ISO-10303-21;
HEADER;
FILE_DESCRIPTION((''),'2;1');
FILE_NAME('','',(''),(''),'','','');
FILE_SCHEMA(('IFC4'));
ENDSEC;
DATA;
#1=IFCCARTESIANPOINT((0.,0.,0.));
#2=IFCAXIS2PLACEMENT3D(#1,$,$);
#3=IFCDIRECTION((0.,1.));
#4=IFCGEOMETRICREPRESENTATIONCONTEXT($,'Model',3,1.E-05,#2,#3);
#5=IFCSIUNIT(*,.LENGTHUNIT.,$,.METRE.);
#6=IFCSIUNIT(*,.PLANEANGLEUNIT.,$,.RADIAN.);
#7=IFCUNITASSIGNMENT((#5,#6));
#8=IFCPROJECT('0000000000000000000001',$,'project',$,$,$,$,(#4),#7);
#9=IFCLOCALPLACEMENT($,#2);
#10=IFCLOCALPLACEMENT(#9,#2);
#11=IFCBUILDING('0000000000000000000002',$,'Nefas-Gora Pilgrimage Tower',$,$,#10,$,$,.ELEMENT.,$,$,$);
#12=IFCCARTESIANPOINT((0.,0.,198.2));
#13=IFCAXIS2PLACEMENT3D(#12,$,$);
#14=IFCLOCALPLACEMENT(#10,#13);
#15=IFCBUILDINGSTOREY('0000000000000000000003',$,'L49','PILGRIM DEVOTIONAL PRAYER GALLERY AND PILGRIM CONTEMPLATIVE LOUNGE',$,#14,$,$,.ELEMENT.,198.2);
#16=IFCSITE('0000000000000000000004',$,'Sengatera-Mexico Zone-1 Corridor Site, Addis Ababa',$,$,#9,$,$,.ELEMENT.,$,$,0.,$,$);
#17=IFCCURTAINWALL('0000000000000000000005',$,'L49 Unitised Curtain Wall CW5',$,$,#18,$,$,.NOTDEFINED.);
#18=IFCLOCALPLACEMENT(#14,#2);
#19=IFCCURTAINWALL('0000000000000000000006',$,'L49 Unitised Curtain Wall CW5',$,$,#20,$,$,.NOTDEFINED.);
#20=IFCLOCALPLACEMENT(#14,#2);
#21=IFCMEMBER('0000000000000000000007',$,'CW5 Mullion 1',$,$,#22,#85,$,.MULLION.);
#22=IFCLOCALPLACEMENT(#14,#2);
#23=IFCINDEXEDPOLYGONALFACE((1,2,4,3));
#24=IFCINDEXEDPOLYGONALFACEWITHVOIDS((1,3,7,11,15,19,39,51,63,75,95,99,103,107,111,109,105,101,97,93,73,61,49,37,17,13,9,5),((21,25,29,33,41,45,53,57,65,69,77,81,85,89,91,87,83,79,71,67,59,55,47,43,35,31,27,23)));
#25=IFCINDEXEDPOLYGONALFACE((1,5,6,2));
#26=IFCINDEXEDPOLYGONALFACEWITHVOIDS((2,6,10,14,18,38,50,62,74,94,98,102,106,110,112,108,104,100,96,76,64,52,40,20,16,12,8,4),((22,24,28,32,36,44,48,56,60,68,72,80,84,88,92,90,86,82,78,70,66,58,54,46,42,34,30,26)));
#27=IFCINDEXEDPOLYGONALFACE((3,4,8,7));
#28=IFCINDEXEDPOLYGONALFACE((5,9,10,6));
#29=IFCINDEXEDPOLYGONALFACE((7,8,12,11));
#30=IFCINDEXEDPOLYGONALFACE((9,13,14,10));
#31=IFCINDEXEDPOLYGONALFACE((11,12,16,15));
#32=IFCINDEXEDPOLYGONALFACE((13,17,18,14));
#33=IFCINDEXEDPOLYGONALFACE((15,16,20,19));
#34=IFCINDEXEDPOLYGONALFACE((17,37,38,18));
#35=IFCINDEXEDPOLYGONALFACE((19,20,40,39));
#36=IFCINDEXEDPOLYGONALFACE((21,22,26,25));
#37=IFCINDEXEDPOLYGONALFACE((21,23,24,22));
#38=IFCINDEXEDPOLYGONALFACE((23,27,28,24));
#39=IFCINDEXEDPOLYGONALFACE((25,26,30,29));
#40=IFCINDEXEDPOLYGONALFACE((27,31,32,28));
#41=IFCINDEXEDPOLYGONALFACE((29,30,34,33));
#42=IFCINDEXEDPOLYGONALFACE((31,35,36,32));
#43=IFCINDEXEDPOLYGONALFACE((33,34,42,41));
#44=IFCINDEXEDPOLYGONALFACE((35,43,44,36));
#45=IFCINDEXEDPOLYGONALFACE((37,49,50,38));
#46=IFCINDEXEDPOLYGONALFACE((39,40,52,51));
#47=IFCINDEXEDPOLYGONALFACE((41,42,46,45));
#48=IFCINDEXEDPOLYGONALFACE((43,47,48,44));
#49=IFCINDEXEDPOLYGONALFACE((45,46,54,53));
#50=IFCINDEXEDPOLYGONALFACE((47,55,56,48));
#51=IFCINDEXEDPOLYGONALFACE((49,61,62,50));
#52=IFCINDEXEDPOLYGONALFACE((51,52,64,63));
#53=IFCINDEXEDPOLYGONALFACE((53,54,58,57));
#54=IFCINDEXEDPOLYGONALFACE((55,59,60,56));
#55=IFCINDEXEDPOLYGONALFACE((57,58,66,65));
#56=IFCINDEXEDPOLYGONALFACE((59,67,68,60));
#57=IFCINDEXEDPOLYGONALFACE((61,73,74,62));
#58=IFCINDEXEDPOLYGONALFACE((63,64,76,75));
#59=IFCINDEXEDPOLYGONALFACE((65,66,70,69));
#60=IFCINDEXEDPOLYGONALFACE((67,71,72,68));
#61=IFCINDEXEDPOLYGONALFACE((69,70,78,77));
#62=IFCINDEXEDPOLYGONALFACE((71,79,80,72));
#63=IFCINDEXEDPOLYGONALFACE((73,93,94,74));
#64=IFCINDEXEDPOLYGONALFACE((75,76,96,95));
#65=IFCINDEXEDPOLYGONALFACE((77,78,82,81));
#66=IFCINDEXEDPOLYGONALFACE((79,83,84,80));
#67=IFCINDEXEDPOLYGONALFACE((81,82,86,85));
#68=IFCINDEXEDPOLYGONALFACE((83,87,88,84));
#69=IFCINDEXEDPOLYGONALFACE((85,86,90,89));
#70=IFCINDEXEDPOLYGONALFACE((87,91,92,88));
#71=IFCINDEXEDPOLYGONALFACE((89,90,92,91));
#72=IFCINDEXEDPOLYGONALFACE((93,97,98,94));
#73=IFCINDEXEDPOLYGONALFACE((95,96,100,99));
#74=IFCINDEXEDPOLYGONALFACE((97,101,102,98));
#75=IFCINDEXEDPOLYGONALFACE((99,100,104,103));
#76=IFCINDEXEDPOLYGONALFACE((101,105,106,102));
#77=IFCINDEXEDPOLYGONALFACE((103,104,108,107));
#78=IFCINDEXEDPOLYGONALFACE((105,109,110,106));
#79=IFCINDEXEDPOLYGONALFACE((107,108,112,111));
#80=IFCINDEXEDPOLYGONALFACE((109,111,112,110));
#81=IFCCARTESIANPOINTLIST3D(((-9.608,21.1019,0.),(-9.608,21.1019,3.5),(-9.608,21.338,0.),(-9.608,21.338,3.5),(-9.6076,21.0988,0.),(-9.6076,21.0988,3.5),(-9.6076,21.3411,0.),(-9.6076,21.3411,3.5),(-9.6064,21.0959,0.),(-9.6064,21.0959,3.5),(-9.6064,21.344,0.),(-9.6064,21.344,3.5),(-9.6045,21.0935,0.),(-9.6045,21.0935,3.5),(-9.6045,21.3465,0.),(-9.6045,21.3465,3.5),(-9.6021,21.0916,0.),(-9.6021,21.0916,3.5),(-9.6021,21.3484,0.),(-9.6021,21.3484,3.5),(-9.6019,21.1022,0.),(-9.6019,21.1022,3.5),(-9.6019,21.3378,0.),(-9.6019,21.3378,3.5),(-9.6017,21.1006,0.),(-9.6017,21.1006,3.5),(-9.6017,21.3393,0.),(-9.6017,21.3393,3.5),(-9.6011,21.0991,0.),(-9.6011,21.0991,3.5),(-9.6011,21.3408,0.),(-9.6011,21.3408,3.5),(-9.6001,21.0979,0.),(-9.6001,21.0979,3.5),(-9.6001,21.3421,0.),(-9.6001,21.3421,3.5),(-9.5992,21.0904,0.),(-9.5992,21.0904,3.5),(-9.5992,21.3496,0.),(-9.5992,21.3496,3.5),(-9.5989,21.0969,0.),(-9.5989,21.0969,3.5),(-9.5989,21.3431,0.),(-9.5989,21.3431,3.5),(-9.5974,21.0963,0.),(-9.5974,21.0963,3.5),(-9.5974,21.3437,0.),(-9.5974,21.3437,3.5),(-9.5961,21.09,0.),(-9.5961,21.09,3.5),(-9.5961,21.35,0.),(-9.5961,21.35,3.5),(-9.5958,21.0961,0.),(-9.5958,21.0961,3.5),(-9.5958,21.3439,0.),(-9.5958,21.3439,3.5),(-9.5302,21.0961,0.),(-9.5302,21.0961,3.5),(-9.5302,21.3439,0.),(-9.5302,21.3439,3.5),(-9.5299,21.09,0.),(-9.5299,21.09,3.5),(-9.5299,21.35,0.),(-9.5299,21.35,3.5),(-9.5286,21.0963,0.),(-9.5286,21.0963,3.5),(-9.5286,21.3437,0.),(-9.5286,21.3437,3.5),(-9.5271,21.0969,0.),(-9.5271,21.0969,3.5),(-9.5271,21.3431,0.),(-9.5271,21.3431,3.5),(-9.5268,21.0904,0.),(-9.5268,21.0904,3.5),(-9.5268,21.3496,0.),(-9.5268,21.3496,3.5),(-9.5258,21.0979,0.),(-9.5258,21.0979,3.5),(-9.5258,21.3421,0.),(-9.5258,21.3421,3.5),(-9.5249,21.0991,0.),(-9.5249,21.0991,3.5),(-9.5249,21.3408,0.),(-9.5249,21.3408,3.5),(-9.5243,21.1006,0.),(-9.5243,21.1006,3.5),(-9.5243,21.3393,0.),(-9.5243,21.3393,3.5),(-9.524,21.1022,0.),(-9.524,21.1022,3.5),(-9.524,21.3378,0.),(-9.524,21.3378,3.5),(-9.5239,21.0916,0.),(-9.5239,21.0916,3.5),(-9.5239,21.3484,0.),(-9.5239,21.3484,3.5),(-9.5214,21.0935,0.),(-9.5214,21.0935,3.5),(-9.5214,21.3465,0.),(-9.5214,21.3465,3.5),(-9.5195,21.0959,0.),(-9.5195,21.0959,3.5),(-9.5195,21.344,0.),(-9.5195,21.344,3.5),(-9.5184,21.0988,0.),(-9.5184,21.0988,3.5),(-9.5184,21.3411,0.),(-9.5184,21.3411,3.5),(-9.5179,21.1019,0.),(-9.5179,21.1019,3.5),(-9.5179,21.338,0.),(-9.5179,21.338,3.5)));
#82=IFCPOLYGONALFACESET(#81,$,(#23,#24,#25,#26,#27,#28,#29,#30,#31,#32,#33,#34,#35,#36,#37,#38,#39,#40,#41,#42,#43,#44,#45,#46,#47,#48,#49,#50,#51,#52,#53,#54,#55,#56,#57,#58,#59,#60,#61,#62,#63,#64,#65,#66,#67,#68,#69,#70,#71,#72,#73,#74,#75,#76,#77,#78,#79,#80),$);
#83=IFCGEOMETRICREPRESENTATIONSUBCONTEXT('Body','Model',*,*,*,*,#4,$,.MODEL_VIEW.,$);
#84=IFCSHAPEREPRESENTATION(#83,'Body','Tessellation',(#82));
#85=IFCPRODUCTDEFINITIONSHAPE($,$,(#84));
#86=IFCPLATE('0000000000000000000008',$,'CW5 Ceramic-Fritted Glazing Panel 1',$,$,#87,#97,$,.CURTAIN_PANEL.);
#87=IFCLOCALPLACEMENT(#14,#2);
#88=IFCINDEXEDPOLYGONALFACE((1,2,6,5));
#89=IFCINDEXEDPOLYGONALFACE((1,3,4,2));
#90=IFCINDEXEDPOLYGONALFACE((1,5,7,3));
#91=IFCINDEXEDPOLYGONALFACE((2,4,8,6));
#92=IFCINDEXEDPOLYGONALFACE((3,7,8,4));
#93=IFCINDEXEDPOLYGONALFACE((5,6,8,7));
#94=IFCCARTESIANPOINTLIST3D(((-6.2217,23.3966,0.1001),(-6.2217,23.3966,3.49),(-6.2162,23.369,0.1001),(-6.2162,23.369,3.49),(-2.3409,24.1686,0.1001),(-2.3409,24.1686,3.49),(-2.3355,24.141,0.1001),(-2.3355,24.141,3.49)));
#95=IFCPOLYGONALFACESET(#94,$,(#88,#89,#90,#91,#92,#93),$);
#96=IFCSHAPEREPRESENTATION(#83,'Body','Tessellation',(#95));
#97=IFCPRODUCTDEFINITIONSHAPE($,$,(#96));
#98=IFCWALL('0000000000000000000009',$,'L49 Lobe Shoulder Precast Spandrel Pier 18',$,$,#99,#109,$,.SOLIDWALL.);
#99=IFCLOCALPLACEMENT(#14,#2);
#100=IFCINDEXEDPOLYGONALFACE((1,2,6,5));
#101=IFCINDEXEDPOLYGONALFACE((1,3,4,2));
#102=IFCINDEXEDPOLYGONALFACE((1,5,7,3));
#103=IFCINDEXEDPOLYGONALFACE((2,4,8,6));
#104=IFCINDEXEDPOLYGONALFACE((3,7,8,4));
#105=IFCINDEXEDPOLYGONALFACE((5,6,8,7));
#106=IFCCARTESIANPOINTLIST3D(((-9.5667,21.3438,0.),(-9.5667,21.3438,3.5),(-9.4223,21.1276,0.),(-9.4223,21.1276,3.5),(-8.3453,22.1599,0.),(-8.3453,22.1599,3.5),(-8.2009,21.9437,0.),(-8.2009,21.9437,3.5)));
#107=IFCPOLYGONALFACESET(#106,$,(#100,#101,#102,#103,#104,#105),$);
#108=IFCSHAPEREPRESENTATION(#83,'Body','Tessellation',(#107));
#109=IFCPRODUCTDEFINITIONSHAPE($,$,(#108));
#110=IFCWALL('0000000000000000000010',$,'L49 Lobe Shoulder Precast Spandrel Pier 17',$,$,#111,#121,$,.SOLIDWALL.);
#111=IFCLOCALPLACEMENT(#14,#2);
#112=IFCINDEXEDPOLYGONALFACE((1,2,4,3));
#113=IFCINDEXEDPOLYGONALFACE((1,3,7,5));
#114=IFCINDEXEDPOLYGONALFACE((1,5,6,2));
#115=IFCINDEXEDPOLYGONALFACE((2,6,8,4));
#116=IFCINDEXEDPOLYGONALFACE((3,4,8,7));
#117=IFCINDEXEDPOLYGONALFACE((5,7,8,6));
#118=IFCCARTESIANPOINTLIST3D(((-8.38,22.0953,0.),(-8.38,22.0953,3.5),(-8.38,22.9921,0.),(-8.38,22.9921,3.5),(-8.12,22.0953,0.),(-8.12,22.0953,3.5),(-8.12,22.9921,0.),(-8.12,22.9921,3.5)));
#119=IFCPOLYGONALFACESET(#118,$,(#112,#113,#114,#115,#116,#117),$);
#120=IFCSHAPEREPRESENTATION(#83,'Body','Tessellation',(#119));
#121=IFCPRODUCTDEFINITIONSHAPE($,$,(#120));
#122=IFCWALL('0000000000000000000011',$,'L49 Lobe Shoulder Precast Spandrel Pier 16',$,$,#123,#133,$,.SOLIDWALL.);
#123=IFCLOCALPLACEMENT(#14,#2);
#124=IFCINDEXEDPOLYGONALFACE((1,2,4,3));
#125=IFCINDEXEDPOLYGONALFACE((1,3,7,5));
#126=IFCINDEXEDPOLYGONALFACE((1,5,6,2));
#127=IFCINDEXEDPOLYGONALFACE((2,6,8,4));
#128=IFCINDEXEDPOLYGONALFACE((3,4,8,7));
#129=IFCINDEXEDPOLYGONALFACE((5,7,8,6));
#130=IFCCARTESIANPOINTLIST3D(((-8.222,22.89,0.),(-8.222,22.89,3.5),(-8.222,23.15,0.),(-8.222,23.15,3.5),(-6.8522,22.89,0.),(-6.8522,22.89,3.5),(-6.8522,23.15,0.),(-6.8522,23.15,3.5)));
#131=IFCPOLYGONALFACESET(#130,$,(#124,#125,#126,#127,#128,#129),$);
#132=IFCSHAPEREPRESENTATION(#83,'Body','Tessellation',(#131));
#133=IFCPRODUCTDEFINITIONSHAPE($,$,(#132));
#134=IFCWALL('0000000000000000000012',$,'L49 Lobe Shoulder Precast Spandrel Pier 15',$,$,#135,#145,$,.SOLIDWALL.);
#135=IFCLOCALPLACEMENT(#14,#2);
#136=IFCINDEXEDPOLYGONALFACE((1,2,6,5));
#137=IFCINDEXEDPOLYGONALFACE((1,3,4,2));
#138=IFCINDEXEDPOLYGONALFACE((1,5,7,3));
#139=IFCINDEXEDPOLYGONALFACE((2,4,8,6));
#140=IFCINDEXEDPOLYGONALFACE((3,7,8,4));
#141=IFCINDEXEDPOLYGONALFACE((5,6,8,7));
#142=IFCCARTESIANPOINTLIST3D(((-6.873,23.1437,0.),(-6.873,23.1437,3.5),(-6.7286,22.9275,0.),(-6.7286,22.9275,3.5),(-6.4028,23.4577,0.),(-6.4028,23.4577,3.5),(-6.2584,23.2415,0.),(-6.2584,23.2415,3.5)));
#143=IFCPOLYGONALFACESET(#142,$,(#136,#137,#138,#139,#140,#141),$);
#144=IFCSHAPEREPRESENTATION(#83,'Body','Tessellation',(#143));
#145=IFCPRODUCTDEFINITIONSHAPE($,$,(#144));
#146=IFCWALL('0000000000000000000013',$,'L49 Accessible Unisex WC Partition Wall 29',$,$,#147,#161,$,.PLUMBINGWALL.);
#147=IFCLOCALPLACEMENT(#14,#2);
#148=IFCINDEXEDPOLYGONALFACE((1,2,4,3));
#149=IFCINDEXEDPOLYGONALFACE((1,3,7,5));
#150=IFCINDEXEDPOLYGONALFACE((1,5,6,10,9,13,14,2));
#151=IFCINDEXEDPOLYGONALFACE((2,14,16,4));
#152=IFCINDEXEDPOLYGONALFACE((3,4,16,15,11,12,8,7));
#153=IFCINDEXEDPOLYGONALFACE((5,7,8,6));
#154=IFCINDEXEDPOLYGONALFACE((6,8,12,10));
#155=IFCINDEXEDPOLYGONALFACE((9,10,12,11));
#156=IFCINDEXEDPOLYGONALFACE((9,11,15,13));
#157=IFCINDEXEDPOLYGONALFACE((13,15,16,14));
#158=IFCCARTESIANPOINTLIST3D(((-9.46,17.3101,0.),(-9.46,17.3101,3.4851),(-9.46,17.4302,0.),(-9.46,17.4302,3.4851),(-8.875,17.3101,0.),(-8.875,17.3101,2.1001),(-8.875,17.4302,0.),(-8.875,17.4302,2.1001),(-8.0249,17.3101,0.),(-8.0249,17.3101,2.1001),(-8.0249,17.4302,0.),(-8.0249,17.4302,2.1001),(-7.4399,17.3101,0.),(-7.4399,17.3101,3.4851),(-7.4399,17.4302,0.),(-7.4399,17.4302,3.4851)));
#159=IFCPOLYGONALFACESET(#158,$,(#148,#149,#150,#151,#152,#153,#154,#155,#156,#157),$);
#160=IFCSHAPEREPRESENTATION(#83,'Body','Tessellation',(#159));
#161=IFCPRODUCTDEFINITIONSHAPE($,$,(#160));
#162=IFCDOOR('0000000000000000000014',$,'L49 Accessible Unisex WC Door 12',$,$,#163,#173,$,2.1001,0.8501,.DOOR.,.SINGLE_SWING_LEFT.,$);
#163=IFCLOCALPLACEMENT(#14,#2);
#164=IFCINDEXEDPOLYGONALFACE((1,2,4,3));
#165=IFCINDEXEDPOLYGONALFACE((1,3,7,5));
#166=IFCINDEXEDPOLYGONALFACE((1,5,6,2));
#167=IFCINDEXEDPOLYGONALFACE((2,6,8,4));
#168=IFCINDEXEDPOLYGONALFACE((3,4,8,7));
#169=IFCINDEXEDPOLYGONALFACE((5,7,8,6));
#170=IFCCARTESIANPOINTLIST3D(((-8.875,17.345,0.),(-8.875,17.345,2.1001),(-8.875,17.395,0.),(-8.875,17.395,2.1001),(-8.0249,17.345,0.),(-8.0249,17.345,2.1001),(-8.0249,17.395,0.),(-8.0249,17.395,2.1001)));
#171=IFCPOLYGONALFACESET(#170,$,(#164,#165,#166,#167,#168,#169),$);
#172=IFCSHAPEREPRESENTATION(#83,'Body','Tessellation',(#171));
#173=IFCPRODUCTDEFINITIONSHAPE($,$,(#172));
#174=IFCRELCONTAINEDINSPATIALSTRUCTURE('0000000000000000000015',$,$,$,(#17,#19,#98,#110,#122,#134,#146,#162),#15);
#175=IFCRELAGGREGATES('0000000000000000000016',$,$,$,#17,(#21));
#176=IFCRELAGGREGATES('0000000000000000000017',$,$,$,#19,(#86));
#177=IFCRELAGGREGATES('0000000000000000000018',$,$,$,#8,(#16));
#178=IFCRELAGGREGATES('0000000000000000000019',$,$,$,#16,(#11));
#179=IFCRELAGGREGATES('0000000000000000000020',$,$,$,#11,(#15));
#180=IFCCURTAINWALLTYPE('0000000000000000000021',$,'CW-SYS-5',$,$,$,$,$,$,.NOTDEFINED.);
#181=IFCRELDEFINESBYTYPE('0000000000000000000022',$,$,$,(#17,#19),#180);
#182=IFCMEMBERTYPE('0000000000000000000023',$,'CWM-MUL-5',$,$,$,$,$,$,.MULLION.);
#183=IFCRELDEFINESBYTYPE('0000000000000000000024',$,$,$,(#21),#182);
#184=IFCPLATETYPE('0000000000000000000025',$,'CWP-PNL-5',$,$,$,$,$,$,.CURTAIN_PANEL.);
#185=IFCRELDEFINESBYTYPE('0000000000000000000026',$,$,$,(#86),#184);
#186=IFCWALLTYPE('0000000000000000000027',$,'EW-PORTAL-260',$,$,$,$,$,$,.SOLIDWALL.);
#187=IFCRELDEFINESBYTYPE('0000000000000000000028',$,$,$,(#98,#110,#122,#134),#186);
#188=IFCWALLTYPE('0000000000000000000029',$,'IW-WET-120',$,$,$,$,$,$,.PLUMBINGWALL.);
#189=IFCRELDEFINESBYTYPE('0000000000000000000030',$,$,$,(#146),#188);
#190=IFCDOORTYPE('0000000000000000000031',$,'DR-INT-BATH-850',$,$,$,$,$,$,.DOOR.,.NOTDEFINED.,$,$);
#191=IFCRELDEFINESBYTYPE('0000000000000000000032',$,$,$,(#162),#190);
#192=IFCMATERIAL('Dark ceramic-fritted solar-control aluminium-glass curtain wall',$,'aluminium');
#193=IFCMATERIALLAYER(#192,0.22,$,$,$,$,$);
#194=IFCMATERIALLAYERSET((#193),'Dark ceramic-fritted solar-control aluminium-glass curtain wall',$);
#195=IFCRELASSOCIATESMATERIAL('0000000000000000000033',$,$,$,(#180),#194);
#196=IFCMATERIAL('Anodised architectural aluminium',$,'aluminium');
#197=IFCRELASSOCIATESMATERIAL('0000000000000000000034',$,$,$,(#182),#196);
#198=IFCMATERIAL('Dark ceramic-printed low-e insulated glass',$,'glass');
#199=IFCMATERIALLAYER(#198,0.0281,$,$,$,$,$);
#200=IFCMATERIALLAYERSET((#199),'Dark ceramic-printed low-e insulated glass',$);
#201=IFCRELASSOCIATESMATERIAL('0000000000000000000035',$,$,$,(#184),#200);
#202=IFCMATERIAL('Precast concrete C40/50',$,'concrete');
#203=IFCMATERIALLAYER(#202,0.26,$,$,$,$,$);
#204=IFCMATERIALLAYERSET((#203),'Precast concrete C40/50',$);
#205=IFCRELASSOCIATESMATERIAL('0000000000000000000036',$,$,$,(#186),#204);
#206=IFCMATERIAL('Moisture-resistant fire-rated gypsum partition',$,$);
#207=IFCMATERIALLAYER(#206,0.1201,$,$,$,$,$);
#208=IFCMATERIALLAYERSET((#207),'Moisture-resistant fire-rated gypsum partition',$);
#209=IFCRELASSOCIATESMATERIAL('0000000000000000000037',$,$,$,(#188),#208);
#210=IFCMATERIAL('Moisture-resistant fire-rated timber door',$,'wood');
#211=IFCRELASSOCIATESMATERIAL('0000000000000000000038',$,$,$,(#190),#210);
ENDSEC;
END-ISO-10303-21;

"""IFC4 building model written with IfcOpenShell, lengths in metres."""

from ifc_helpers import new_model, si_unit, direction, frame, frame_2d, origin, origin_2d, place, context, subcontext, project, spatial, rectangle, hollow_rectangle, extrude, source, transform, mapped, material, layer, layer_set, material_profile, profile_set, type_object, element, fill, aggregate, save


model = new_model("IFC4")

# Units and contexts
model_context = context("Model", 3, precision=1e-05, world=origin(), true_north=direction((0.0, 1.0)))
body_context = subcontext(model_context, "Body", "Model", "MODEL_VIEW")
ifc_project = project(units=[si_unit("LENGTHUNIT", "METRE"), si_unit("PLANEANGLEUNIT", "RADIAN")], contexts=[model_context])

# Site, building, storey
site_placement = place(None, origin())
site = spatial("IfcSite", under=ifc_project, at=site_placement, Name="Sengatera-Mexico Zone-1 Corridor Site, Addis Ababa", CompositionType="ELEMENT", RefElevation=0.0)
building_placement = place(site_placement, origin())
building = spatial("IfcBuilding", under=site, at=building_placement, Name="Nefas-Gora Pilgrimage Tower", CompositionType="ELEMENT")
storey_placement = place(building_placement, frame((0.0, 0.0, 198.2)))
storey = spatial("IfcBuildingStorey", under=building, at=storey_placement, Name="L49", Description="PILGRIM DEVOTIONAL PRAYER GALLERY AND PILGRIM CONTEMPLATIVE LOUNGE", CompositionType="ELEMENT", Elevation=198.2)

# Curtain wall
ifc_material_1 = material(Name="Dark ceramic-fritted solar-control aluminium-glass curtain wall", Category="aluminium")
ifc_layer_1 = layer(ifc_material_1, 0.22)
ifc_layer_set_1 = layer_set([ifc_layer_1], Name="Dark ceramic-fritted solar-control aluminium-glass curtain wall")
curtain_wall_type = type_object("IfcCurtainWallType", Name="CW-SYS-5", PredefinedType="NOTDEFINED", material=ifc_layer_set_1)
curtain_wall_1_placement = place(storey_placement, origin())
curtain_wall_1 = element("IfcCurtainWall", 1, at=curtain_wall_1_placement, inside=storey, type_object=curtain_wall_type, Name="L49 Unitised Curtain Wall CW5", PredefinedType="NOTDEFINED")
ifc_material_2 = material(Name="Anodised architectural aluminium", Category="aluminium")

# Curtain wall
curtain_wall_2_placement = place(storey_placement, origin())
curtain_wall_2 = element("IfcCurtainWall", 2, at=curtain_wall_2_placement, inside=storey, type_object=curtain_wall_type, Name="L49 Unitised Curtain Wall CW5", PredefinedType="NOTDEFINED")
ifc_material_profile_1 = material_profile(ifc_material_2, hollow_rectangle(XDim=0.0901, YDim=0.26, WallThickness=0.0061, InnerFilletRadius=0.0061, OuterFilletRadius=0.012, at=origin_2d()), Name="ALU MULLION 90x260")
ifc_profile_set_1 = profile_set([ifc_material_profile_1], Name="Anodised architectural aluminium")
member_type_1 = type_object("IfcMemberType", Name="CWM-MUL-5", PredefinedType="MULLION", material=ifc_profile_set_1)
shared_shape_1 = source(origin(), body_context, "Body", "SweptSolid", [
    extrude(hollow_rectangle(XDim=0.0901, YDim=0.26, WallThickness=0.0061, InnerFilletRadius=0.0061, OuterFilletRadius=0.012, at=origin_2d()), origin(), (0.0, 0.0, 1.0), 3.5),
])

# Member
member_1_placement = place(storey_placement, frame((-9.563, 21.22, 0.0), z_axis=(0.0, 0.0, 1.0), x_axis=(-1.0, 0.0, 0.0)))
member_1 = element("IfcMember", 3, at=member_1_placement, type_object=member_type_1, Name="CW5 Mullion 1", PredefinedType="MULLION", context=body_context, shape_type="MappedRepresentation", body=[
    mapped(shared_shape_1, transform((0.0, 0.0, 0.0), x_axis=(1.0, 0.0, 0.0), y_axis=(0.0, 1.0, 0.0), z_axis=(0.0, 0.0, 1.0), scale=1.0)),
])
aggregate(curtain_wall_1, [member_1])

# Plate
ifc_material_3 = material(Name="Dark ceramic-printed low-e insulated glass", Category="glass")
ifc_layer_2 = layer(ifc_material_3, 0.0281)
ifc_layer_set_2 = layer_set([ifc_layer_2], Name="Dark ceramic-printed low-e insulated glass")
plate_type = type_object("IfcPlateType", Name="CWP-PNL-5", PredefinedType="CURTAIN_PANEL", material=ifc_layer_set_2)
shared_shape_2 = source(origin(), body_context, "Body", "SweptSolid", [
    extrude(rectangle(XDim=3.9568, YDim=0.0281, at=origin_2d()), origin(), (0.0, 0.0, 1.0), 3.3899),
])
plate_placement = place(storey_placement, frame((-4.2786, 23.7688, 0.1001), z_axis=(0.0, 0.0, 1.0), x_axis=(-0.980783, -0.195102, 0.0)))
plate = element("IfcPlate", 4, at=plate_placement, type_object=plate_type, Name="CW5 Ceramic-Fritted Glazing Panel 1", PredefinedType="CURTAIN_PANEL", context=body_context, shape_type="MappedRepresentation", body=[
    mapped(shared_shape_2, transform((0.0, 0.0, 0.0), x_axis=(1.0, 0.0, 0.0), y_axis=(0.0, 1.0, 0.0), z_axis=(0.0, 0.0, 1.0), scale=1.0)),
])
aggregate(curtain_wall_2, [plate])

# Walls
ifc_material_4 = material(Name="Precast concrete C40/50", Category="concrete")
ifc_layer_3 = layer(ifc_material_4, 0.26)
ifc_layer_set_3 = layer_set([ifc_layer_3], Name="Precast concrete C40/50")
wall_type_1 = type_object("IfcWallType", Name="EW-PORTAL-260", PredefinedType="SOLIDWALL", material=ifc_layer_set_3)
shared_shape_3 = source(origin(), body_context, "Body", "SweptSolid", [
    extrude(rectangle(XDim=1.469, YDim=0.26, at=frame_2d((0.7344, 0.0))), origin(), (0.0, 0.0, 1.0), 3.5),
])
wall_1_placement = place(storey_placement, frame((-8.2732, 22.0518, 0.0), z_axis=(0.0, 0.0, 1.0), x_axis=(-0.831462, -0.555582, 0.0)))
element("IfcWall", 5, at=wall_1_placement, inside=storey, type_object=wall_type_1, Name="L49 Lobe Shoulder Precast Spandrel Pier 18", PredefinedType="SOLIDWALL", context=body_context, shape_type="MappedRepresentation", body=[
    mapped(shared_shape_3, transform((0.0, 0.0, 0.0), x_axis=(1.0, 0.0, 0.0), y_axis=(0.0, 1.0, 0.0), z_axis=(0.0, 0.0, 1.0), scale=1.0)),
])
shared_shape_4 = source(origin(), body_context, "Body", "SweptSolid", [
    extrude(rectangle(XDim=0.8967, YDim=0.26, at=frame_2d((0.4482, 0.0))), origin(), (0.0, 0.0, 1.0), 3.5),
])
wall_2_placement = place(storey_placement, frame((-8.25, 22.9919, 0.0), z_axis=(0.0, 0.0, 1.0), x_axis=(0.0, -1.0, 0.0)))
element("IfcWall", 6, at=wall_2_placement, inside=storey, type_object=wall_type_1, Name="L49 Lobe Shoulder Precast Spandrel Pier 17", PredefinedType="SOLIDWALL", context=body_context, shape_type="MappedRepresentation", body=[
    mapped(shared_shape_4, transform((0.0, 0.0, 0.0), x_axis=(1.0, 0.0, 0.0), y_axis=(0.0, 1.0, 0.0), z_axis=(0.0, 0.0, 1.0), scale=1.0)),
])
shared_shape_5 = source(origin(), body_context, "Body", "SweptSolid", [
    extrude(rectangle(XDim=1.3699, YDim=0.26, at=frame_2d((0.6851, 0.0))), origin(), (0.0, 0.0, 1.0), 3.5),
])
wall_3_placement = place(storey_placement, frame((-6.8521, 23.02, 0.0), z_axis=(0.0, 0.0, 1.0), x_axis=(-1.0, 0.0, 0.0)))
element("IfcWall", 7, at=wall_3_placement, inside=storey, type_object=wall_type_1, Name="L49 Lobe Shoulder Precast Spandrel Pier 16", PredefinedType="SOLIDWALL", context=body_context, shape_type="MappedRepresentation", body=[
    mapped(shared_shape_5, transform((0.0, 0.0, 0.0), x_axis=(1.0, 0.0, 0.0), y_axis=(0.0, 1.0, 0.0), z_axis=(0.0, 0.0, 1.0), scale=1.0)),
])
shared_shape_6 = source(origin(), body_context, "Body", "SweptSolid", [
    extrude(rectangle(XDim=0.5654, YDim=0.26, at=frame_2d((0.2827, 0.0))), origin(), (0.0, 0.0, 1.0), 3.5),
])
wall_4_placement = place(storey_placement, frame((-6.3306, 23.3496, 0.0), z_axis=(0.0, 0.0, 1.0), x_axis=(-0.831651, -0.555298, 0.0)))
element("IfcWall", 8, at=wall_4_placement, inside=storey, type_object=wall_type_1, Name="L49 Lobe Shoulder Precast Spandrel Pier 15", PredefinedType="SOLIDWALL", context=body_context, shape_type="MappedRepresentation", body=[
    mapped(shared_shape_6, transform((0.0, 0.0, 0.0), x_axis=(1.0, 0.0, 0.0), y_axis=(0.0, 1.0, 0.0), z_axis=(0.0, 0.0, 1.0), scale=1.0)),
])

# Wall, opening, door
ifc_material_5 = material(Name="Moisture-resistant fire-rated gypsum partition")
ifc_layer_4 = layer(ifc_material_5, 0.1201)
ifc_layer_set_4 = layer_set([ifc_layer_4], Name="Moisture-resistant fire-rated gypsum partition")
wall_type_2 = type_object("IfcWallType", Name="IW-WET-120", PredefinedType="PLUMBINGWALL", material=ifc_layer_set_4)
shared_shape_7 = source(origin(), body_context, "Body", "SweptSolid", [
    extrude(rectangle(XDim=2.02, YDim=0.1201, at=frame_2d((1.01, 0.0))), origin(), (0.0, 0.0, 1.0), 3.4851),
])
wall_5_placement = place(storey_placement, frame((-9.46, 17.3701, 0.0), z_axis=(0.0, 0.0, 1.0), x_axis=(1.0, 0.0, 0.0)))
wall_5 = element("IfcWall", 9, at=wall_5_placement, inside=storey, type_object=wall_type_2, Name="L49 Accessible Unisex WC Partition Wall 29", PredefinedType="PLUMBINGWALL", context=body_context, shape_type="MappedRepresentation", body=[
    mapped(shared_shape_7, transform((0.0, 0.0, 0.0), x_axis=(1.0, 0.0, 0.0), y_axis=(0.0, 1.0, 0.0), z_axis=(0.0, 0.0, 1.0), scale=1.0)),
])
opening_1_placement = place(wall_5_placement, frame((0.585, 0.0, 0.0)))
opening_1 = element("IfcOpeningElement", 10, at=opening_1_placement, cuts=wall_5, PredefinedType="OPENING", context=body_context, shape_type="SweptSolid", body=[
    extrude(rectangle(XDim=0.8501, YDim=2.1001, at=frame_2d((0.425, 1.05))), frame((0.0, 0.0701, 0.0), z_axis=(0.0, -1.0, 0.0), x_axis=(1.0, 0.0, 0.0)), (0.0, 0.0, 1.0), 0.1401),
])
ifc_material_6 = material(Name="Moisture-resistant fire-rated timber door", Category="wood")
door_type_1 = type_object("IfcDoorType", Name="DR-INT-BATH-850", OperationType="NOTDEFINED", PredefinedType="DOOR", material=ifc_material_6)
shared_shape_8 = source(origin(), body_context, "Body", "SweptSolid", [
    extrude(rectangle(XDim=0.8501, YDim=2.1001, at=frame_2d((0.425, 1.05))), frame((0.0, 0.0249, 0.0), z_axis=(0.0, -1.0, 0.0), x_axis=(1.0, 0.0, 0.0)), (0.0, 0.0, 1.0), 0.05),
])
door_1_placement = place(opening_1_placement, origin())
door_1 = element("IfcDoor", 11, at=door_1_placement, inside=storey, type_object=door_type_1, Name="L49 Accessible Unisex WC Door 12", OperationType="SINGLE_SWING_LEFT", OverallHeight=2.1001, OverallWidth=0.8501, PredefinedType="DOOR", context=body_context, shape_type="MappedRepresentation", body=[
    mapped(shared_shape_8, transform((0.0, 0.0, 0.0), x_axis=(1.0, 0.0, 0.0), y_axis=(0.0, 1.0, 0.0), z_axis=(0.0, 0.0, 1.0), scale=1.0)),
])
fill(opening_1, door_1)

save(model, "model.ifc")
